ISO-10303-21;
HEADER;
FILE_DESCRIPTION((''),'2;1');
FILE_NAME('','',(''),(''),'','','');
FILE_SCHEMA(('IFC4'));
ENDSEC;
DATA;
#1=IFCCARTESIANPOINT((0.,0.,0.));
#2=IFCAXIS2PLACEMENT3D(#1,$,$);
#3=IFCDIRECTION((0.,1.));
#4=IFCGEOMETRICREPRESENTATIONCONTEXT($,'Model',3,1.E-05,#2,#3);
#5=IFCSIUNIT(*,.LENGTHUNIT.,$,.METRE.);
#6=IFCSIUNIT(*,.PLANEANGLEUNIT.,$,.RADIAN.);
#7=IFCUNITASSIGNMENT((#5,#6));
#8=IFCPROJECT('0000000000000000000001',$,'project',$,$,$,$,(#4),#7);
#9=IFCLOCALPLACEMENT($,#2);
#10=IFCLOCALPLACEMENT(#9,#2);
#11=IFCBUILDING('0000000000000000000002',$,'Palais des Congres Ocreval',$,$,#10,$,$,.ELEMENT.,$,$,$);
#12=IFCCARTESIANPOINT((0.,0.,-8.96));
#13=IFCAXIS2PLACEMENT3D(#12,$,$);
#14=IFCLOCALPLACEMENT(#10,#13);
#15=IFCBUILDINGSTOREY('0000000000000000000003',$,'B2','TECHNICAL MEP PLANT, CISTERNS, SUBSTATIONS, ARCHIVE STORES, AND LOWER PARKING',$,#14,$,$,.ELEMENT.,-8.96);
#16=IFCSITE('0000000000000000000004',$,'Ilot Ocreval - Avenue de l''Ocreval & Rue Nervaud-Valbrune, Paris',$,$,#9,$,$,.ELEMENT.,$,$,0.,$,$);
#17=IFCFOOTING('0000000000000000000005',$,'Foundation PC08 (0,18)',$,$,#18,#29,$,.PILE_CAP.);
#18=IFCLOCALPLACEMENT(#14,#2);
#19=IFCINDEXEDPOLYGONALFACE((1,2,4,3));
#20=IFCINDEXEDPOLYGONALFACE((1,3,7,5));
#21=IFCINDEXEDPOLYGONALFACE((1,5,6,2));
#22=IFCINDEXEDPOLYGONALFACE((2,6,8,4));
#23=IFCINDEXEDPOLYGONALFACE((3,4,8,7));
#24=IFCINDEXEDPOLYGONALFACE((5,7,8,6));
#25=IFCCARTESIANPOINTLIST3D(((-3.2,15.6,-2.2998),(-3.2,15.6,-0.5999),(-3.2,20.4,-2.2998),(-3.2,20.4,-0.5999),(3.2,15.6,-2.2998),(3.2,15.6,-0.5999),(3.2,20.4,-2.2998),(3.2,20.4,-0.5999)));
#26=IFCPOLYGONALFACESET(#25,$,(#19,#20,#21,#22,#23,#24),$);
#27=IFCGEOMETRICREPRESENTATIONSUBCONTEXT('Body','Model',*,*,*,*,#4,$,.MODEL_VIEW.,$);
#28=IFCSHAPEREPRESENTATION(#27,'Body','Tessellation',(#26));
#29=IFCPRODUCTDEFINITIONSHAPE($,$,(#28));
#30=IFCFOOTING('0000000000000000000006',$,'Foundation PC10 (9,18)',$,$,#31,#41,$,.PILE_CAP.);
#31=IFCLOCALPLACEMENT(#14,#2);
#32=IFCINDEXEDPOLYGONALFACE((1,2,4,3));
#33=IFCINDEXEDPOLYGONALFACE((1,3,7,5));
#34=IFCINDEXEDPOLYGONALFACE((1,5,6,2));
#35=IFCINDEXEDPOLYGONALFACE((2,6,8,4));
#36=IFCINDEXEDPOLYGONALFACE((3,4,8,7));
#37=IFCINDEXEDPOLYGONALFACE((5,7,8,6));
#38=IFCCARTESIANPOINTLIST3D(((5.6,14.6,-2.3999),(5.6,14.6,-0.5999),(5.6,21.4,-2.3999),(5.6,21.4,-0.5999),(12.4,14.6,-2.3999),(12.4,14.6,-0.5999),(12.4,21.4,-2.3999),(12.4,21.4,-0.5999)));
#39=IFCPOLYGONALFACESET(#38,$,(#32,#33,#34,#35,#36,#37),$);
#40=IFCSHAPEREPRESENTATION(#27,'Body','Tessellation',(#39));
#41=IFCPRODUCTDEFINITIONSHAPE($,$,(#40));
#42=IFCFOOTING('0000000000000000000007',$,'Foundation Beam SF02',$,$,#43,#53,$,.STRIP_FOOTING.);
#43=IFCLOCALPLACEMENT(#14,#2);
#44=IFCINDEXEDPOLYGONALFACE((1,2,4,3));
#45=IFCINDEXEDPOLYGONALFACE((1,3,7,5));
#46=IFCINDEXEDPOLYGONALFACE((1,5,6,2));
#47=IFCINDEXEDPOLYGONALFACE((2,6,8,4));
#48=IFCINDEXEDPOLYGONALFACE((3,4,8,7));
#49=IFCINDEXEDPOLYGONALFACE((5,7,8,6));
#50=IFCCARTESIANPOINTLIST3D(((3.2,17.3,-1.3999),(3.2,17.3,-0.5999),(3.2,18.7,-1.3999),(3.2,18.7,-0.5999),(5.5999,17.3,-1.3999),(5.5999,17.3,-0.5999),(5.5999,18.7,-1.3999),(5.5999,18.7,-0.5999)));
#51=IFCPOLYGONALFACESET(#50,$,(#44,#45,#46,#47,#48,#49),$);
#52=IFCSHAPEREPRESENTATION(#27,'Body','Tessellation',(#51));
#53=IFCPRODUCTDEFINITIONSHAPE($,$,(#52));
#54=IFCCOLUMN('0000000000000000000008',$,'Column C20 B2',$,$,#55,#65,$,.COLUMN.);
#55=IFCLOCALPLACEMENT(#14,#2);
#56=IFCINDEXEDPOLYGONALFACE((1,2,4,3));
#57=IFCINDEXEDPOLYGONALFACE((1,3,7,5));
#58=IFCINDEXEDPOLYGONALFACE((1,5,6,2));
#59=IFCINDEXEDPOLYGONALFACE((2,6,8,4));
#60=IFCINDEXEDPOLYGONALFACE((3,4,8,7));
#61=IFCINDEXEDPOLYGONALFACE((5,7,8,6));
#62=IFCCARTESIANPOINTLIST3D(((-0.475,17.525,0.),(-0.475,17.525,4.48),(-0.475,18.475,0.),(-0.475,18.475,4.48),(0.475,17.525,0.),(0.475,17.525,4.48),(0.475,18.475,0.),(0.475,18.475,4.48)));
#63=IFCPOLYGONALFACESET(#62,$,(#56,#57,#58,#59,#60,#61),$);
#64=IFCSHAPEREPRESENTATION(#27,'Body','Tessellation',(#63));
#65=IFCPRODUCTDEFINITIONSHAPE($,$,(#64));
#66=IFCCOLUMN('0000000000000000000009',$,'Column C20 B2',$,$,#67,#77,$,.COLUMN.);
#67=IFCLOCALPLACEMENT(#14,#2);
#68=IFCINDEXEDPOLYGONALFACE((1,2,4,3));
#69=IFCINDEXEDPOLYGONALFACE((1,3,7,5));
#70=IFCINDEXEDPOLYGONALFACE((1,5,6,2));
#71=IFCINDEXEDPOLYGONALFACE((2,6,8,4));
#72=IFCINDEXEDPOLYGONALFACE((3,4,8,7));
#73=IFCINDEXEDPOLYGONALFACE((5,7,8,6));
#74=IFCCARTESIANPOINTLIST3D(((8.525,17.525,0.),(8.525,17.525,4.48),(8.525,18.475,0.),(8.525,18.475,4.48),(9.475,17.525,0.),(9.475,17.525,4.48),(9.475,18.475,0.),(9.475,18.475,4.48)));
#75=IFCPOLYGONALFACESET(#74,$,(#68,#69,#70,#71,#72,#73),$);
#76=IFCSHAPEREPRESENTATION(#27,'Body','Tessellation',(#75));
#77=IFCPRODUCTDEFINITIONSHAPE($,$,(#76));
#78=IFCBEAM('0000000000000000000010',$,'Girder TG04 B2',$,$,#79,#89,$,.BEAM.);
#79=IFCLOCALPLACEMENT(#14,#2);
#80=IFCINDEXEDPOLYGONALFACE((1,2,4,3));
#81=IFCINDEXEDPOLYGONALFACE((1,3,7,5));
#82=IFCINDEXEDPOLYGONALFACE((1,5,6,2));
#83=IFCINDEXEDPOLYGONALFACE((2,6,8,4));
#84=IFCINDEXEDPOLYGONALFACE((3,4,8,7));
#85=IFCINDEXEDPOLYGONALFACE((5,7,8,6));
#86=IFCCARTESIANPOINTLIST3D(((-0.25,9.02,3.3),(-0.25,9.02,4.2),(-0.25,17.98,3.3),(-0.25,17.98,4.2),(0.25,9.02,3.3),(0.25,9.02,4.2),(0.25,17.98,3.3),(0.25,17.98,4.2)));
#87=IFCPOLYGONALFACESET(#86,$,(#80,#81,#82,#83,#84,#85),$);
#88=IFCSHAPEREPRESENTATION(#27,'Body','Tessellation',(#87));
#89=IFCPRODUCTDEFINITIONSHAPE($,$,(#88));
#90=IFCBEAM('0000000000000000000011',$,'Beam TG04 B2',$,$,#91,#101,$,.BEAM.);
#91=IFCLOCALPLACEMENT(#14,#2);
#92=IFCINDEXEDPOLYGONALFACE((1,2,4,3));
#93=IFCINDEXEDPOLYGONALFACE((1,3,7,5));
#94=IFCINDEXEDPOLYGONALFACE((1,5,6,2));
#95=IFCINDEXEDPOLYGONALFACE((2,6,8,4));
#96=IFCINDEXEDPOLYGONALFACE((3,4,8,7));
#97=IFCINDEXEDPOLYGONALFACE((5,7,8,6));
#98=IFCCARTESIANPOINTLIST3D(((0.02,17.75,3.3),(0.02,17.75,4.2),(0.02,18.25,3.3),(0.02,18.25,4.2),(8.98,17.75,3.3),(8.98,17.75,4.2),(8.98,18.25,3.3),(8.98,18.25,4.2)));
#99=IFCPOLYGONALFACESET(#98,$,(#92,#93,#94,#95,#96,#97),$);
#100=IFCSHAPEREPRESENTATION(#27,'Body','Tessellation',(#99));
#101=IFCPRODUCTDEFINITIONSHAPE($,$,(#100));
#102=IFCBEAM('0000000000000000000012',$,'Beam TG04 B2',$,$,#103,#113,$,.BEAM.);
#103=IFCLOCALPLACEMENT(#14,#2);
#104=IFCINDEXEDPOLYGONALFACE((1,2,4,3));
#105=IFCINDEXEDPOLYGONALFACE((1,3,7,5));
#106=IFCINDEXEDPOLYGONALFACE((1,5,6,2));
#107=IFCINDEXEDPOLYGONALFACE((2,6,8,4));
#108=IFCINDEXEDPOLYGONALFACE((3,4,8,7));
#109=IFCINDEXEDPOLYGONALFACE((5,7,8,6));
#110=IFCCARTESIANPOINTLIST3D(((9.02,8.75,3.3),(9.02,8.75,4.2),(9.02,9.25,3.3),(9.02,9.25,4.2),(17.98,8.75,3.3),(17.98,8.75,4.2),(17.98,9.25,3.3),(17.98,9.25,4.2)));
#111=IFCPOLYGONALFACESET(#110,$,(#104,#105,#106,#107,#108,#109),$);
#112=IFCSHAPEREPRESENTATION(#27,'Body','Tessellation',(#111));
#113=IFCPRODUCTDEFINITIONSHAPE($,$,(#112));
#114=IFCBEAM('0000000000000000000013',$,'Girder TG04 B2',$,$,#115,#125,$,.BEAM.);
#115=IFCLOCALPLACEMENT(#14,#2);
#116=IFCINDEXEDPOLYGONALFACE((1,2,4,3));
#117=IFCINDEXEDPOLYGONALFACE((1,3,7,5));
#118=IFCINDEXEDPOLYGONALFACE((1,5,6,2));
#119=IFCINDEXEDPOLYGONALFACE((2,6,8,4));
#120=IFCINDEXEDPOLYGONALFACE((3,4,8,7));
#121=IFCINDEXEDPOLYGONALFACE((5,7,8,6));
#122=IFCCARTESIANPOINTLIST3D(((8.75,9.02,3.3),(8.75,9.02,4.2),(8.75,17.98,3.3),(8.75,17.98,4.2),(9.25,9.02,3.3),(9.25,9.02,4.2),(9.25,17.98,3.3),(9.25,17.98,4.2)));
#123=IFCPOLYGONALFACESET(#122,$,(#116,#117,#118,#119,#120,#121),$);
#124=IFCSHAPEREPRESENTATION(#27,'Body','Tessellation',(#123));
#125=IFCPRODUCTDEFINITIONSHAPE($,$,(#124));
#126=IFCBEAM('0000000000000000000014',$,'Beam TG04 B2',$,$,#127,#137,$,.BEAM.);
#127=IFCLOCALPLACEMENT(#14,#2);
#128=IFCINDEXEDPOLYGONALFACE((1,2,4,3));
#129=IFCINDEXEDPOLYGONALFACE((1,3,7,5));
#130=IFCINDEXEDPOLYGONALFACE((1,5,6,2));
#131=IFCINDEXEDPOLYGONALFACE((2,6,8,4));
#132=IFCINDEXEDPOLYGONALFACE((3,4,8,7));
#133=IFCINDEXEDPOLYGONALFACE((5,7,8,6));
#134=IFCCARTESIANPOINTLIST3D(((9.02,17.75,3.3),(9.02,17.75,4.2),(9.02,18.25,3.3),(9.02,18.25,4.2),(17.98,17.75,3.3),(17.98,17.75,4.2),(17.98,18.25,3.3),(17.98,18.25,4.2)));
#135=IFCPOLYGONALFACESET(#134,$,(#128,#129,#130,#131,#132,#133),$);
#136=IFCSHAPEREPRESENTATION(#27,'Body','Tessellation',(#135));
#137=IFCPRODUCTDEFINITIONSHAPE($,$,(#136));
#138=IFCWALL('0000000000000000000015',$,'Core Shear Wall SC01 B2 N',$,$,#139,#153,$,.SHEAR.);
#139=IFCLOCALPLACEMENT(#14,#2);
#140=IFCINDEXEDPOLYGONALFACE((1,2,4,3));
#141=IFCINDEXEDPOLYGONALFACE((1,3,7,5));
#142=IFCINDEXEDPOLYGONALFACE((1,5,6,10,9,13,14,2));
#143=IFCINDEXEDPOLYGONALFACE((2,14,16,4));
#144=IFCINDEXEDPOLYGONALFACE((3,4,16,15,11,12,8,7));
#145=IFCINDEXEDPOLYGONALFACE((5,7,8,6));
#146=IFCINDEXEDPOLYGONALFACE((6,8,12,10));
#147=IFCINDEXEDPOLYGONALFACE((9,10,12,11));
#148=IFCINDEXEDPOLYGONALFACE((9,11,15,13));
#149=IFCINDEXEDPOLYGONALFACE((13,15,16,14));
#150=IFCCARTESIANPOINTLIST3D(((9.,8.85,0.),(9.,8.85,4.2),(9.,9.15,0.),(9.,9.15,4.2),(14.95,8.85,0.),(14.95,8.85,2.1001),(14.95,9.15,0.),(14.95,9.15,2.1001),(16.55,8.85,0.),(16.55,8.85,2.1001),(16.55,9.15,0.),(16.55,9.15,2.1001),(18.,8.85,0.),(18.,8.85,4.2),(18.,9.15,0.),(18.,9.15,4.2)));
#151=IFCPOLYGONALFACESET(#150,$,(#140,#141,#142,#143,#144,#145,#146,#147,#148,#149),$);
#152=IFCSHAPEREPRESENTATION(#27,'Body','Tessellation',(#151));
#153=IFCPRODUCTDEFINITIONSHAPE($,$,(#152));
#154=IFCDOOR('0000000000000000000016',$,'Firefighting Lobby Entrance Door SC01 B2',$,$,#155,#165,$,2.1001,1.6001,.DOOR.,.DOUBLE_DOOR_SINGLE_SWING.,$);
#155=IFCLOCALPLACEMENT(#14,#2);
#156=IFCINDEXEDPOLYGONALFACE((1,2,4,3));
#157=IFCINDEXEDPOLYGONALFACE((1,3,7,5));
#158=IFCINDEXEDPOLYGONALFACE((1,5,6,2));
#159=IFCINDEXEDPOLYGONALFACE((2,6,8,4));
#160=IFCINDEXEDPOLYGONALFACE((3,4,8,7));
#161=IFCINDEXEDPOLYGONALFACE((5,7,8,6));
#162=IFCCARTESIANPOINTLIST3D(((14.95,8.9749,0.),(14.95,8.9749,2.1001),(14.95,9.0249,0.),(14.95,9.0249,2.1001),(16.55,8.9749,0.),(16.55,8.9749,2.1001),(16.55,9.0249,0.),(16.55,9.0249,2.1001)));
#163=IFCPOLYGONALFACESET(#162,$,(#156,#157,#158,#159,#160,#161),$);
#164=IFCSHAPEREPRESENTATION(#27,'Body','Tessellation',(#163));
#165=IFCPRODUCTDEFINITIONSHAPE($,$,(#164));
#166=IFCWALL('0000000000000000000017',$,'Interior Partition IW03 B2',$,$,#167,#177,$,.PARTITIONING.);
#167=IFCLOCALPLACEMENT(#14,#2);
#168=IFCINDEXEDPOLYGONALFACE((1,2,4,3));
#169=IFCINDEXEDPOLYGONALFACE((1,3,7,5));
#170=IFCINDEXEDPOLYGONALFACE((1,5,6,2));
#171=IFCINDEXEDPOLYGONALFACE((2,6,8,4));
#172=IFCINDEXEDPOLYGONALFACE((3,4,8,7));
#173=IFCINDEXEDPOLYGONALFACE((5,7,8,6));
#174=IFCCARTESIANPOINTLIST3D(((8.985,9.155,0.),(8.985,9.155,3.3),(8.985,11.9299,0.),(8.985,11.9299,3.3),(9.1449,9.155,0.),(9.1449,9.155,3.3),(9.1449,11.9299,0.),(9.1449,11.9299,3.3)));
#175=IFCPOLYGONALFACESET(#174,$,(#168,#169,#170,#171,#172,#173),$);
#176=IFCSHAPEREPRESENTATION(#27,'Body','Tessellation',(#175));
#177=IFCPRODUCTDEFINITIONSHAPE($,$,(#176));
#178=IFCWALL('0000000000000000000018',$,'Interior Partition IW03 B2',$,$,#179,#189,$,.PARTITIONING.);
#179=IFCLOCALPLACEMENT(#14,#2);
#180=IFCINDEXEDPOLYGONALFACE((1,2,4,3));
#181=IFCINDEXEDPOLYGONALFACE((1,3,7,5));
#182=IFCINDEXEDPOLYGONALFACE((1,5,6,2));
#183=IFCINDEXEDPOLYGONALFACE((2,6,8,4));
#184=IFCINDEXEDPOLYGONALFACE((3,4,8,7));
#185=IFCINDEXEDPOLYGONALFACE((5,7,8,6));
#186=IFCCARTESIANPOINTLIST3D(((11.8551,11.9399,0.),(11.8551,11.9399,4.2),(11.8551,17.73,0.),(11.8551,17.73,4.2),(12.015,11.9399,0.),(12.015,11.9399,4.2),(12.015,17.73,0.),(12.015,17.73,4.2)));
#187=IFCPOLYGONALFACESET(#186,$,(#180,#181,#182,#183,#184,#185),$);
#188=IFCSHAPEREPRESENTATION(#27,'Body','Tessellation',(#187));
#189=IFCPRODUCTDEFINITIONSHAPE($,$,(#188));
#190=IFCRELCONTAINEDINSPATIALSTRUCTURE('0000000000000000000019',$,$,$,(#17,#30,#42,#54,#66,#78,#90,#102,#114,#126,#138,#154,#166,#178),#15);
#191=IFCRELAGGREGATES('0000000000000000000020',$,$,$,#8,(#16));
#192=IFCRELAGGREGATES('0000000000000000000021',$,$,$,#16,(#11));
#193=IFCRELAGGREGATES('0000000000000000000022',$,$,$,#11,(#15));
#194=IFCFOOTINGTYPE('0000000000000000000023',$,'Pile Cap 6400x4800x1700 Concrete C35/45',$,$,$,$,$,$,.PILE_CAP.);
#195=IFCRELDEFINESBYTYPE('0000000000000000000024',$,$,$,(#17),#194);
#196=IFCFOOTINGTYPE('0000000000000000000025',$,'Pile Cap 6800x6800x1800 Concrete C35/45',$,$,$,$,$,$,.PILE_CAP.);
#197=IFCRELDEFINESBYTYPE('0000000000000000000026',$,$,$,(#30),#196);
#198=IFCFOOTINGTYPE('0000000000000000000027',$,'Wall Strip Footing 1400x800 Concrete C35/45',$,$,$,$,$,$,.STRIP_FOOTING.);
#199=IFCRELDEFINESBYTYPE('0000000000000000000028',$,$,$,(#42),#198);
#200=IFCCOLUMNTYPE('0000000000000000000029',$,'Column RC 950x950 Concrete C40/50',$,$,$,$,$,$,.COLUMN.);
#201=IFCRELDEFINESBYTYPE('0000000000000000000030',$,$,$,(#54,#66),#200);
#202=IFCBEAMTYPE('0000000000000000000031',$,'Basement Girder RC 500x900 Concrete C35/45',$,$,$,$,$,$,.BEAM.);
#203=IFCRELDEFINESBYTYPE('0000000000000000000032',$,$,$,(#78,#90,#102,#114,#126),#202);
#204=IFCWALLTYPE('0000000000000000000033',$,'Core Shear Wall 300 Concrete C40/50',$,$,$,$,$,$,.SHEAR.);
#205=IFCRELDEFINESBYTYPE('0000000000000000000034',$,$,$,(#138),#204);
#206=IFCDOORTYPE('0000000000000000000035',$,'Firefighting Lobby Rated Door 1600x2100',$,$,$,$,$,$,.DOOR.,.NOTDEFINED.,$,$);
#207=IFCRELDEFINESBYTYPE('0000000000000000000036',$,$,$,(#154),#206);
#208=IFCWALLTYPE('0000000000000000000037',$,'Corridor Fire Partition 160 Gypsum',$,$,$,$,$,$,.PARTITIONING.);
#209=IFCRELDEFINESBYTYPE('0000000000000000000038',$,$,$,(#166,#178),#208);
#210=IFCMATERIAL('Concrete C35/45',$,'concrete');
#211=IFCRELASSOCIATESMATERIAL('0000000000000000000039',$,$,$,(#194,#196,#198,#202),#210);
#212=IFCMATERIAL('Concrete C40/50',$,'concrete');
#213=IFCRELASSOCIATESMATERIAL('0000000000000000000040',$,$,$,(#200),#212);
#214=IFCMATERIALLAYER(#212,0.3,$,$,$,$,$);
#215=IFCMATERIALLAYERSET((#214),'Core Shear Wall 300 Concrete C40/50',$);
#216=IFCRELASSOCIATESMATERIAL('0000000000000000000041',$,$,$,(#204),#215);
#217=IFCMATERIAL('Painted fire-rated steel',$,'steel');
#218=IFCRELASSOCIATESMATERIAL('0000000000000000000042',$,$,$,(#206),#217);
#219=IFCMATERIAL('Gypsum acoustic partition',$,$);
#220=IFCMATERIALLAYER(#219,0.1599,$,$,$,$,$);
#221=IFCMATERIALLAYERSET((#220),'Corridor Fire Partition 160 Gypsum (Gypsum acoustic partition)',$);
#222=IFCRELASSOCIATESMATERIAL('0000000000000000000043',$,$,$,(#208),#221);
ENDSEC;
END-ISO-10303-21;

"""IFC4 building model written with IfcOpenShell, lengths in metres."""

from ifc_helpers import new_model, si_unit, direction, frame, frame_2d, origin, origin_2d, place, context, subcontext, project, spatial, rectangle, extrude, material, layer, layer_set, material_profile, profile_set, type_object, element, fill, save


model = new_model("IFC4")

# Units and contexts
model_context = context("Model", 3, precision=1e-05, world=origin(), true_north=direction((0.0, 1.0)))
body_context = subcontext(model_context, "Body", "Model", "MODEL_VIEW")
ifc_project = project(units=[si_unit("LENGTHUNIT", "METRE"), si_unit("PLANEANGLEUNIT", "RADIAN")], contexts=[model_context])

# Site, building, storey
site_placement = place(None, origin())
site = spatial("IfcSite", under=ifc_project, at=site_placement, Name="Ilot Ocreval - Avenue de l'Ocreval & Rue Nervaud-Valbrune, Paris", CompositionType="ELEMENT", RefElevation=0.0)
building_placement = place(site_placement, origin())
building = spatial("IfcBuilding", under=site, at=building_placement, Name="Palais des Congres Ocreval", CompositionType="ELEMENT")
storey_placement = place(building_placement, frame((0.0, 0.0, -8.96)))
storey = spatial("IfcBuildingStorey", under=building, at=storey_placement, Name="B2", Description="TECHNICAL MEP PLANT, CISTERNS, SUBSTATIONS, ARCHIVE STORES, AND LOWER PARKING", CompositionType="ELEMENT", Elevation=-8.96)

# Shared definitions
ifc_material_1 = material(Name="Concrete C35/45", Category="concrete")

# Footings
footing_type_1 = type_object("IfcFootingType", Name="Pile Cap 6400x4800x1700 Concrete C35/45", PredefinedType="PILE_CAP", material=ifc_material_1)
footing_1_placement = place(storey_placement, frame((0.0, 18.0, -2.2998), z_axis=(0.0, 0.0, 1.0), x_axis=(1.0, 0.0, 0.0)))
element("IfcFooting", 1, at=footing_1_placement, inside=storey, type_object=footing_type_1, Name="Foundation PC08 (0,18)", PredefinedType="PILE_CAP", context=body_context, shape_type="SweptSolid", body=[
    extrude(rectangle(XDim=6.3999, YDim=4.8, at=origin_2d()), origin(), (0.0, 0.0, 1.0), 1.7),
])
footing_type_2 = type_object("IfcFootingType", Name="Pile Cap 6800x6800x1800 Concrete C35/45", PredefinedType="PILE_CAP", material=ifc_material_1)
footing_2_placement = place(storey_placement, frame((9.0, 18.0, -2.3999), z_axis=(0.0, 0.0, 1.0), x_axis=(1.0, 0.0, 0.0)))
element("IfcFooting", 2, at=footing_2_placement, inside=storey, type_object=footing_type_2, Name="Foundation PC10 (9,18)", PredefinedType="PILE_CAP", context=body_context, shape_type="SweptSolid", body=[
    extrude(rectangle(XDim=6.8, YDim=6.8, at=origin_2d()), origin(), (0.0, 0.0, 1.0), 1.8),
])
footing_type_3 = type_object("IfcFootingType", Name="Wall Strip Footing 1400x800 Concrete C35/45", PredefinedType="STRIP_FOOTING", material=ifc_material_1)
footing_3_placement = place(storey_placement, frame((4.3999, 18.0, -1.3999), z_axis=(0.0, 0.0, 1.0), x_axis=(1.0, 0.0, 0.0)))
element("IfcFooting", 3, at=footing_3_placement, inside=storey, type_object=footing_type_3, Name="Foundation Beam SF02", PredefinedType="STRIP_FOOTING", context=body_context, shape_type="SweptSolid", body=[
    extrude(rectangle(XDim=2.3999, YDim=1.3999, at=origin_2d()), origin(), (0.0, 0.0, 1.0), 0.8),
])

# Columns
ifc_material_2 = material(Name="Concrete C40/50", Category="concrete")
ifc_material_profile_1 = material_profile(ifc_material_2, rectangle(XDim=0.95, YDim=0.95, at=origin_2d()), Name="RC 950x950")
ifc_profile_set_1 = profile_set([ifc_material_profile_1], Name="Concrete C40/50")
column_type = type_object("IfcColumnType", Name="Column RC 950x950 Concrete C40/50", PredefinedType="COLUMN", material=ifc_profile_set_1)
for number, where, z_axis, x_axis, name in (
    (4, (0.0, 18.0, 0.0), (0.0, 0.0, 1.0), (1.0, 0.0, 0.0), "Column C20 B2"),
    (5, (9.0, 18.0, 0.0), (0.0, 0.0, 1.0), (1.0, 0.0, 0.0), "Column C20 B2"),
):
    element("IfcColumn", number, at=place(storey_placement, frame(where, z_axis=z_axis, x_axis=x_axis)), inside=storey, type_object=column_type, Name=name, PredefinedType="COLUMN", context=body_context, shape_type="SweptSolid", body=[
        extrude(rectangle(XDim=0.95, YDim=0.95, at=origin_2d()), origin(), (0.0, 0.0, 1.0), 4.48),
    ])

# Beams
ifc_material_profile_2 = material_profile(ifc_material_1, rectangle(XDim=0.5, YDim=0.8999, at=origin_2d()), Name="RC 500x900")
ifc_profile_set_2 = profile_set([ifc_material_profile_2], Name="Concrete C35/45")
beam_type = type_object("IfcBeamType", Name="Basement Girder RC 500x900 Concrete C35/45", PredefinedType="BEAM", material=ifc_profile_set_2)
for number, where, z_axis, x_axis, name in (
    (6, (0.0, 9.02, 3.75), (0.0, 1.0, 0.0), (-1.0, 0.0, 0.0), "Girder TG04 B2"),
    (7, (0.02, 18.0, 3.75), (1.0, 0.0, 0.0), (0.0, 1.0, 0.0), "Beam TG04 B2"),
    (8, (9.02, 9.0, 3.75), (1.0, 0.0, 0.0), (0.0, 1.0, 0.0), "Beam TG04 B2"),
    (9, (9.0, 9.02, 3.75), (0.0, 1.0, 0.0), (-1.0, 0.0, 0.0), "Girder TG04 B2"),
    (10, (9.02, 18.0, 3.75), (1.0, 0.0, 0.0), (0.0, 1.0, 0.0), "Beam TG04 B2"),
):
    element("IfcBeam", number, at=place(storey_placement, frame(where, z_axis=z_axis, x_axis=x_axis)), inside=storey, type_object=beam_type, Name=name, PredefinedType="BEAM", context=body_context, shape_type="SweptSolid", body=[
        extrude(rectangle(XDim=0.5, YDim=0.8999, at=origin_2d()), origin(), (0.0, 0.0, 1.0), 8.96),
    ])

# Wall, opening, door
ifc_layer_1 = layer(ifc_material_2, 0.3)
ifc_layer_set_1 = layer_set([ifc_layer_1], Name="Core Shear Wall 300 Concrete C40/50")
wall_type_1 = type_object("IfcWallType", Name="Core Shear Wall 300 Concrete C40/50", PredefinedType="SHEAR", material=ifc_layer_set_1)
wall_1_placement = place(storey_placement, frame((9.0, 9.0, 0.0), z_axis=(0.0, 0.0, 1.0), x_axis=(1.0, 0.0, 0.0)))
wall_1 = element("IfcWall", 11, at=wall_1_placement, inside=storey, type_object=wall_type_1, Name="Core Shear Wall SC01 B2 N", PredefinedType="SHEAR", context=body_context, shape_type="SweptSolid", body=[
    extrude(rectangle(XDim=9.0, YDim=0.3, at=frame_2d((4.5, 0.0))), origin(), (0.0, 0.0, 1.0), 4.2),
])
opening_1_placement = place(wall_1_placement, frame((5.95, 0.0, 0.0)))
opening_1 = element("IfcOpeningElement", 12, at=opening_1_placement, cuts=wall_1, PredefinedType="OPENING", context=body_context, shape_type="SweptSolid", body=[
    extrude(rectangle(XDim=1.6001, YDim=2.1001, at=frame_2d((0.8, 1.05))), frame((0.0, 0.1599, 0.0), z_axis=(0.0, -1.0, 0.0), x_axis=(1.0, 0.0, 0.0)), (0.0, 0.0, 1.0), 0.3201),
])
ifc_material_3 = material(Name="Painted fire-rated steel", Category="steel")
door_type_1 = type_object("IfcDoorType", Name="Firefighting Lobby Rated Door 1600x2100", OperationType="NOTDEFINED", PredefinedType="DOOR", material=ifc_material_3)
door_1_placement = place(opening_1_placement, origin())
door_1 = element("IfcDoor", 13, at=door_1_placement, inside=storey, type_object=door_type_1, Name="Firefighting Lobby Entrance Door SC01 B2", OperationType="DOUBLE_DOOR_SINGLE_SWING", OverallHeight=2.1001, OverallWidth=1.6001, PredefinedType="DOOR", context=body_context, shape_type="SweptSolid", body=[
    extrude(rectangle(XDim=1.6001, YDim=2.1001, at=frame_2d((0.8, 1.05))), frame((0.0, 0.0249, 0.0), z_axis=(0.0, -1.0, 0.0), x_axis=(1.0, 0.0, 0.0)), (0.0, 0.0, 1.0), 0.05),
])
fill(opening_1, door_1)

# Walls
ifc_material_4 = material(Name="Gypsum acoustic partition")
ifc_layer_2 = layer(ifc_material_4, 0.1599)
ifc_layer_set_2 = layer_set([ifc_layer_2], Name="Corridor Fire Partition 160 Gypsum (Gypsum acoustic partition)")
wall_type_2 = type_object("IfcWallType", Name="Corridor Fire Partition 160 Gypsum", PredefinedType="PARTITIONING", material=ifc_layer_set_2)
wall_2_placement = place(storey_placement, frame((9.0649, 9.155, 0.0), z_axis=(0.0, 0.0, 1.0), x_axis=(0.0, 1.0, 0.0)))
element("IfcWall", 14, at=wall_2_placement, inside=storey, type_object=wall_type_2, Name="Interior Partition IW03 B2", PredefinedType="PARTITIONING", context=body_context, shape_type="SweptSolid", body=[
    extrude(rectangle(XDim=2.7749, YDim=0.1599, at=frame_2d((1.3875, 0.0))), origin(), (0.0, 0.0, 1.0), 3.3),
])
wall_3_placement = place(storey_placement, frame((11.9351, 11.9399, 0.0), z_axis=(0.0, 0.0, 1.0), x_axis=(0.0, 1.0, 0.0)))
element("IfcWall", 15, at=wall_3_placement, inside=storey, type_object=wall_type_2, Name="Interior Partition IW03 B2", PredefinedType="PARTITIONING", context=body_context, shape_type="SweptSolid", body=[
    extrude(rectangle(XDim=5.79, YDim=0.1599, at=frame_2d((2.895, 0.0))), origin(), (0.0, 0.0, 1.0), 4.2),
])

save(model, "model.ifc")
